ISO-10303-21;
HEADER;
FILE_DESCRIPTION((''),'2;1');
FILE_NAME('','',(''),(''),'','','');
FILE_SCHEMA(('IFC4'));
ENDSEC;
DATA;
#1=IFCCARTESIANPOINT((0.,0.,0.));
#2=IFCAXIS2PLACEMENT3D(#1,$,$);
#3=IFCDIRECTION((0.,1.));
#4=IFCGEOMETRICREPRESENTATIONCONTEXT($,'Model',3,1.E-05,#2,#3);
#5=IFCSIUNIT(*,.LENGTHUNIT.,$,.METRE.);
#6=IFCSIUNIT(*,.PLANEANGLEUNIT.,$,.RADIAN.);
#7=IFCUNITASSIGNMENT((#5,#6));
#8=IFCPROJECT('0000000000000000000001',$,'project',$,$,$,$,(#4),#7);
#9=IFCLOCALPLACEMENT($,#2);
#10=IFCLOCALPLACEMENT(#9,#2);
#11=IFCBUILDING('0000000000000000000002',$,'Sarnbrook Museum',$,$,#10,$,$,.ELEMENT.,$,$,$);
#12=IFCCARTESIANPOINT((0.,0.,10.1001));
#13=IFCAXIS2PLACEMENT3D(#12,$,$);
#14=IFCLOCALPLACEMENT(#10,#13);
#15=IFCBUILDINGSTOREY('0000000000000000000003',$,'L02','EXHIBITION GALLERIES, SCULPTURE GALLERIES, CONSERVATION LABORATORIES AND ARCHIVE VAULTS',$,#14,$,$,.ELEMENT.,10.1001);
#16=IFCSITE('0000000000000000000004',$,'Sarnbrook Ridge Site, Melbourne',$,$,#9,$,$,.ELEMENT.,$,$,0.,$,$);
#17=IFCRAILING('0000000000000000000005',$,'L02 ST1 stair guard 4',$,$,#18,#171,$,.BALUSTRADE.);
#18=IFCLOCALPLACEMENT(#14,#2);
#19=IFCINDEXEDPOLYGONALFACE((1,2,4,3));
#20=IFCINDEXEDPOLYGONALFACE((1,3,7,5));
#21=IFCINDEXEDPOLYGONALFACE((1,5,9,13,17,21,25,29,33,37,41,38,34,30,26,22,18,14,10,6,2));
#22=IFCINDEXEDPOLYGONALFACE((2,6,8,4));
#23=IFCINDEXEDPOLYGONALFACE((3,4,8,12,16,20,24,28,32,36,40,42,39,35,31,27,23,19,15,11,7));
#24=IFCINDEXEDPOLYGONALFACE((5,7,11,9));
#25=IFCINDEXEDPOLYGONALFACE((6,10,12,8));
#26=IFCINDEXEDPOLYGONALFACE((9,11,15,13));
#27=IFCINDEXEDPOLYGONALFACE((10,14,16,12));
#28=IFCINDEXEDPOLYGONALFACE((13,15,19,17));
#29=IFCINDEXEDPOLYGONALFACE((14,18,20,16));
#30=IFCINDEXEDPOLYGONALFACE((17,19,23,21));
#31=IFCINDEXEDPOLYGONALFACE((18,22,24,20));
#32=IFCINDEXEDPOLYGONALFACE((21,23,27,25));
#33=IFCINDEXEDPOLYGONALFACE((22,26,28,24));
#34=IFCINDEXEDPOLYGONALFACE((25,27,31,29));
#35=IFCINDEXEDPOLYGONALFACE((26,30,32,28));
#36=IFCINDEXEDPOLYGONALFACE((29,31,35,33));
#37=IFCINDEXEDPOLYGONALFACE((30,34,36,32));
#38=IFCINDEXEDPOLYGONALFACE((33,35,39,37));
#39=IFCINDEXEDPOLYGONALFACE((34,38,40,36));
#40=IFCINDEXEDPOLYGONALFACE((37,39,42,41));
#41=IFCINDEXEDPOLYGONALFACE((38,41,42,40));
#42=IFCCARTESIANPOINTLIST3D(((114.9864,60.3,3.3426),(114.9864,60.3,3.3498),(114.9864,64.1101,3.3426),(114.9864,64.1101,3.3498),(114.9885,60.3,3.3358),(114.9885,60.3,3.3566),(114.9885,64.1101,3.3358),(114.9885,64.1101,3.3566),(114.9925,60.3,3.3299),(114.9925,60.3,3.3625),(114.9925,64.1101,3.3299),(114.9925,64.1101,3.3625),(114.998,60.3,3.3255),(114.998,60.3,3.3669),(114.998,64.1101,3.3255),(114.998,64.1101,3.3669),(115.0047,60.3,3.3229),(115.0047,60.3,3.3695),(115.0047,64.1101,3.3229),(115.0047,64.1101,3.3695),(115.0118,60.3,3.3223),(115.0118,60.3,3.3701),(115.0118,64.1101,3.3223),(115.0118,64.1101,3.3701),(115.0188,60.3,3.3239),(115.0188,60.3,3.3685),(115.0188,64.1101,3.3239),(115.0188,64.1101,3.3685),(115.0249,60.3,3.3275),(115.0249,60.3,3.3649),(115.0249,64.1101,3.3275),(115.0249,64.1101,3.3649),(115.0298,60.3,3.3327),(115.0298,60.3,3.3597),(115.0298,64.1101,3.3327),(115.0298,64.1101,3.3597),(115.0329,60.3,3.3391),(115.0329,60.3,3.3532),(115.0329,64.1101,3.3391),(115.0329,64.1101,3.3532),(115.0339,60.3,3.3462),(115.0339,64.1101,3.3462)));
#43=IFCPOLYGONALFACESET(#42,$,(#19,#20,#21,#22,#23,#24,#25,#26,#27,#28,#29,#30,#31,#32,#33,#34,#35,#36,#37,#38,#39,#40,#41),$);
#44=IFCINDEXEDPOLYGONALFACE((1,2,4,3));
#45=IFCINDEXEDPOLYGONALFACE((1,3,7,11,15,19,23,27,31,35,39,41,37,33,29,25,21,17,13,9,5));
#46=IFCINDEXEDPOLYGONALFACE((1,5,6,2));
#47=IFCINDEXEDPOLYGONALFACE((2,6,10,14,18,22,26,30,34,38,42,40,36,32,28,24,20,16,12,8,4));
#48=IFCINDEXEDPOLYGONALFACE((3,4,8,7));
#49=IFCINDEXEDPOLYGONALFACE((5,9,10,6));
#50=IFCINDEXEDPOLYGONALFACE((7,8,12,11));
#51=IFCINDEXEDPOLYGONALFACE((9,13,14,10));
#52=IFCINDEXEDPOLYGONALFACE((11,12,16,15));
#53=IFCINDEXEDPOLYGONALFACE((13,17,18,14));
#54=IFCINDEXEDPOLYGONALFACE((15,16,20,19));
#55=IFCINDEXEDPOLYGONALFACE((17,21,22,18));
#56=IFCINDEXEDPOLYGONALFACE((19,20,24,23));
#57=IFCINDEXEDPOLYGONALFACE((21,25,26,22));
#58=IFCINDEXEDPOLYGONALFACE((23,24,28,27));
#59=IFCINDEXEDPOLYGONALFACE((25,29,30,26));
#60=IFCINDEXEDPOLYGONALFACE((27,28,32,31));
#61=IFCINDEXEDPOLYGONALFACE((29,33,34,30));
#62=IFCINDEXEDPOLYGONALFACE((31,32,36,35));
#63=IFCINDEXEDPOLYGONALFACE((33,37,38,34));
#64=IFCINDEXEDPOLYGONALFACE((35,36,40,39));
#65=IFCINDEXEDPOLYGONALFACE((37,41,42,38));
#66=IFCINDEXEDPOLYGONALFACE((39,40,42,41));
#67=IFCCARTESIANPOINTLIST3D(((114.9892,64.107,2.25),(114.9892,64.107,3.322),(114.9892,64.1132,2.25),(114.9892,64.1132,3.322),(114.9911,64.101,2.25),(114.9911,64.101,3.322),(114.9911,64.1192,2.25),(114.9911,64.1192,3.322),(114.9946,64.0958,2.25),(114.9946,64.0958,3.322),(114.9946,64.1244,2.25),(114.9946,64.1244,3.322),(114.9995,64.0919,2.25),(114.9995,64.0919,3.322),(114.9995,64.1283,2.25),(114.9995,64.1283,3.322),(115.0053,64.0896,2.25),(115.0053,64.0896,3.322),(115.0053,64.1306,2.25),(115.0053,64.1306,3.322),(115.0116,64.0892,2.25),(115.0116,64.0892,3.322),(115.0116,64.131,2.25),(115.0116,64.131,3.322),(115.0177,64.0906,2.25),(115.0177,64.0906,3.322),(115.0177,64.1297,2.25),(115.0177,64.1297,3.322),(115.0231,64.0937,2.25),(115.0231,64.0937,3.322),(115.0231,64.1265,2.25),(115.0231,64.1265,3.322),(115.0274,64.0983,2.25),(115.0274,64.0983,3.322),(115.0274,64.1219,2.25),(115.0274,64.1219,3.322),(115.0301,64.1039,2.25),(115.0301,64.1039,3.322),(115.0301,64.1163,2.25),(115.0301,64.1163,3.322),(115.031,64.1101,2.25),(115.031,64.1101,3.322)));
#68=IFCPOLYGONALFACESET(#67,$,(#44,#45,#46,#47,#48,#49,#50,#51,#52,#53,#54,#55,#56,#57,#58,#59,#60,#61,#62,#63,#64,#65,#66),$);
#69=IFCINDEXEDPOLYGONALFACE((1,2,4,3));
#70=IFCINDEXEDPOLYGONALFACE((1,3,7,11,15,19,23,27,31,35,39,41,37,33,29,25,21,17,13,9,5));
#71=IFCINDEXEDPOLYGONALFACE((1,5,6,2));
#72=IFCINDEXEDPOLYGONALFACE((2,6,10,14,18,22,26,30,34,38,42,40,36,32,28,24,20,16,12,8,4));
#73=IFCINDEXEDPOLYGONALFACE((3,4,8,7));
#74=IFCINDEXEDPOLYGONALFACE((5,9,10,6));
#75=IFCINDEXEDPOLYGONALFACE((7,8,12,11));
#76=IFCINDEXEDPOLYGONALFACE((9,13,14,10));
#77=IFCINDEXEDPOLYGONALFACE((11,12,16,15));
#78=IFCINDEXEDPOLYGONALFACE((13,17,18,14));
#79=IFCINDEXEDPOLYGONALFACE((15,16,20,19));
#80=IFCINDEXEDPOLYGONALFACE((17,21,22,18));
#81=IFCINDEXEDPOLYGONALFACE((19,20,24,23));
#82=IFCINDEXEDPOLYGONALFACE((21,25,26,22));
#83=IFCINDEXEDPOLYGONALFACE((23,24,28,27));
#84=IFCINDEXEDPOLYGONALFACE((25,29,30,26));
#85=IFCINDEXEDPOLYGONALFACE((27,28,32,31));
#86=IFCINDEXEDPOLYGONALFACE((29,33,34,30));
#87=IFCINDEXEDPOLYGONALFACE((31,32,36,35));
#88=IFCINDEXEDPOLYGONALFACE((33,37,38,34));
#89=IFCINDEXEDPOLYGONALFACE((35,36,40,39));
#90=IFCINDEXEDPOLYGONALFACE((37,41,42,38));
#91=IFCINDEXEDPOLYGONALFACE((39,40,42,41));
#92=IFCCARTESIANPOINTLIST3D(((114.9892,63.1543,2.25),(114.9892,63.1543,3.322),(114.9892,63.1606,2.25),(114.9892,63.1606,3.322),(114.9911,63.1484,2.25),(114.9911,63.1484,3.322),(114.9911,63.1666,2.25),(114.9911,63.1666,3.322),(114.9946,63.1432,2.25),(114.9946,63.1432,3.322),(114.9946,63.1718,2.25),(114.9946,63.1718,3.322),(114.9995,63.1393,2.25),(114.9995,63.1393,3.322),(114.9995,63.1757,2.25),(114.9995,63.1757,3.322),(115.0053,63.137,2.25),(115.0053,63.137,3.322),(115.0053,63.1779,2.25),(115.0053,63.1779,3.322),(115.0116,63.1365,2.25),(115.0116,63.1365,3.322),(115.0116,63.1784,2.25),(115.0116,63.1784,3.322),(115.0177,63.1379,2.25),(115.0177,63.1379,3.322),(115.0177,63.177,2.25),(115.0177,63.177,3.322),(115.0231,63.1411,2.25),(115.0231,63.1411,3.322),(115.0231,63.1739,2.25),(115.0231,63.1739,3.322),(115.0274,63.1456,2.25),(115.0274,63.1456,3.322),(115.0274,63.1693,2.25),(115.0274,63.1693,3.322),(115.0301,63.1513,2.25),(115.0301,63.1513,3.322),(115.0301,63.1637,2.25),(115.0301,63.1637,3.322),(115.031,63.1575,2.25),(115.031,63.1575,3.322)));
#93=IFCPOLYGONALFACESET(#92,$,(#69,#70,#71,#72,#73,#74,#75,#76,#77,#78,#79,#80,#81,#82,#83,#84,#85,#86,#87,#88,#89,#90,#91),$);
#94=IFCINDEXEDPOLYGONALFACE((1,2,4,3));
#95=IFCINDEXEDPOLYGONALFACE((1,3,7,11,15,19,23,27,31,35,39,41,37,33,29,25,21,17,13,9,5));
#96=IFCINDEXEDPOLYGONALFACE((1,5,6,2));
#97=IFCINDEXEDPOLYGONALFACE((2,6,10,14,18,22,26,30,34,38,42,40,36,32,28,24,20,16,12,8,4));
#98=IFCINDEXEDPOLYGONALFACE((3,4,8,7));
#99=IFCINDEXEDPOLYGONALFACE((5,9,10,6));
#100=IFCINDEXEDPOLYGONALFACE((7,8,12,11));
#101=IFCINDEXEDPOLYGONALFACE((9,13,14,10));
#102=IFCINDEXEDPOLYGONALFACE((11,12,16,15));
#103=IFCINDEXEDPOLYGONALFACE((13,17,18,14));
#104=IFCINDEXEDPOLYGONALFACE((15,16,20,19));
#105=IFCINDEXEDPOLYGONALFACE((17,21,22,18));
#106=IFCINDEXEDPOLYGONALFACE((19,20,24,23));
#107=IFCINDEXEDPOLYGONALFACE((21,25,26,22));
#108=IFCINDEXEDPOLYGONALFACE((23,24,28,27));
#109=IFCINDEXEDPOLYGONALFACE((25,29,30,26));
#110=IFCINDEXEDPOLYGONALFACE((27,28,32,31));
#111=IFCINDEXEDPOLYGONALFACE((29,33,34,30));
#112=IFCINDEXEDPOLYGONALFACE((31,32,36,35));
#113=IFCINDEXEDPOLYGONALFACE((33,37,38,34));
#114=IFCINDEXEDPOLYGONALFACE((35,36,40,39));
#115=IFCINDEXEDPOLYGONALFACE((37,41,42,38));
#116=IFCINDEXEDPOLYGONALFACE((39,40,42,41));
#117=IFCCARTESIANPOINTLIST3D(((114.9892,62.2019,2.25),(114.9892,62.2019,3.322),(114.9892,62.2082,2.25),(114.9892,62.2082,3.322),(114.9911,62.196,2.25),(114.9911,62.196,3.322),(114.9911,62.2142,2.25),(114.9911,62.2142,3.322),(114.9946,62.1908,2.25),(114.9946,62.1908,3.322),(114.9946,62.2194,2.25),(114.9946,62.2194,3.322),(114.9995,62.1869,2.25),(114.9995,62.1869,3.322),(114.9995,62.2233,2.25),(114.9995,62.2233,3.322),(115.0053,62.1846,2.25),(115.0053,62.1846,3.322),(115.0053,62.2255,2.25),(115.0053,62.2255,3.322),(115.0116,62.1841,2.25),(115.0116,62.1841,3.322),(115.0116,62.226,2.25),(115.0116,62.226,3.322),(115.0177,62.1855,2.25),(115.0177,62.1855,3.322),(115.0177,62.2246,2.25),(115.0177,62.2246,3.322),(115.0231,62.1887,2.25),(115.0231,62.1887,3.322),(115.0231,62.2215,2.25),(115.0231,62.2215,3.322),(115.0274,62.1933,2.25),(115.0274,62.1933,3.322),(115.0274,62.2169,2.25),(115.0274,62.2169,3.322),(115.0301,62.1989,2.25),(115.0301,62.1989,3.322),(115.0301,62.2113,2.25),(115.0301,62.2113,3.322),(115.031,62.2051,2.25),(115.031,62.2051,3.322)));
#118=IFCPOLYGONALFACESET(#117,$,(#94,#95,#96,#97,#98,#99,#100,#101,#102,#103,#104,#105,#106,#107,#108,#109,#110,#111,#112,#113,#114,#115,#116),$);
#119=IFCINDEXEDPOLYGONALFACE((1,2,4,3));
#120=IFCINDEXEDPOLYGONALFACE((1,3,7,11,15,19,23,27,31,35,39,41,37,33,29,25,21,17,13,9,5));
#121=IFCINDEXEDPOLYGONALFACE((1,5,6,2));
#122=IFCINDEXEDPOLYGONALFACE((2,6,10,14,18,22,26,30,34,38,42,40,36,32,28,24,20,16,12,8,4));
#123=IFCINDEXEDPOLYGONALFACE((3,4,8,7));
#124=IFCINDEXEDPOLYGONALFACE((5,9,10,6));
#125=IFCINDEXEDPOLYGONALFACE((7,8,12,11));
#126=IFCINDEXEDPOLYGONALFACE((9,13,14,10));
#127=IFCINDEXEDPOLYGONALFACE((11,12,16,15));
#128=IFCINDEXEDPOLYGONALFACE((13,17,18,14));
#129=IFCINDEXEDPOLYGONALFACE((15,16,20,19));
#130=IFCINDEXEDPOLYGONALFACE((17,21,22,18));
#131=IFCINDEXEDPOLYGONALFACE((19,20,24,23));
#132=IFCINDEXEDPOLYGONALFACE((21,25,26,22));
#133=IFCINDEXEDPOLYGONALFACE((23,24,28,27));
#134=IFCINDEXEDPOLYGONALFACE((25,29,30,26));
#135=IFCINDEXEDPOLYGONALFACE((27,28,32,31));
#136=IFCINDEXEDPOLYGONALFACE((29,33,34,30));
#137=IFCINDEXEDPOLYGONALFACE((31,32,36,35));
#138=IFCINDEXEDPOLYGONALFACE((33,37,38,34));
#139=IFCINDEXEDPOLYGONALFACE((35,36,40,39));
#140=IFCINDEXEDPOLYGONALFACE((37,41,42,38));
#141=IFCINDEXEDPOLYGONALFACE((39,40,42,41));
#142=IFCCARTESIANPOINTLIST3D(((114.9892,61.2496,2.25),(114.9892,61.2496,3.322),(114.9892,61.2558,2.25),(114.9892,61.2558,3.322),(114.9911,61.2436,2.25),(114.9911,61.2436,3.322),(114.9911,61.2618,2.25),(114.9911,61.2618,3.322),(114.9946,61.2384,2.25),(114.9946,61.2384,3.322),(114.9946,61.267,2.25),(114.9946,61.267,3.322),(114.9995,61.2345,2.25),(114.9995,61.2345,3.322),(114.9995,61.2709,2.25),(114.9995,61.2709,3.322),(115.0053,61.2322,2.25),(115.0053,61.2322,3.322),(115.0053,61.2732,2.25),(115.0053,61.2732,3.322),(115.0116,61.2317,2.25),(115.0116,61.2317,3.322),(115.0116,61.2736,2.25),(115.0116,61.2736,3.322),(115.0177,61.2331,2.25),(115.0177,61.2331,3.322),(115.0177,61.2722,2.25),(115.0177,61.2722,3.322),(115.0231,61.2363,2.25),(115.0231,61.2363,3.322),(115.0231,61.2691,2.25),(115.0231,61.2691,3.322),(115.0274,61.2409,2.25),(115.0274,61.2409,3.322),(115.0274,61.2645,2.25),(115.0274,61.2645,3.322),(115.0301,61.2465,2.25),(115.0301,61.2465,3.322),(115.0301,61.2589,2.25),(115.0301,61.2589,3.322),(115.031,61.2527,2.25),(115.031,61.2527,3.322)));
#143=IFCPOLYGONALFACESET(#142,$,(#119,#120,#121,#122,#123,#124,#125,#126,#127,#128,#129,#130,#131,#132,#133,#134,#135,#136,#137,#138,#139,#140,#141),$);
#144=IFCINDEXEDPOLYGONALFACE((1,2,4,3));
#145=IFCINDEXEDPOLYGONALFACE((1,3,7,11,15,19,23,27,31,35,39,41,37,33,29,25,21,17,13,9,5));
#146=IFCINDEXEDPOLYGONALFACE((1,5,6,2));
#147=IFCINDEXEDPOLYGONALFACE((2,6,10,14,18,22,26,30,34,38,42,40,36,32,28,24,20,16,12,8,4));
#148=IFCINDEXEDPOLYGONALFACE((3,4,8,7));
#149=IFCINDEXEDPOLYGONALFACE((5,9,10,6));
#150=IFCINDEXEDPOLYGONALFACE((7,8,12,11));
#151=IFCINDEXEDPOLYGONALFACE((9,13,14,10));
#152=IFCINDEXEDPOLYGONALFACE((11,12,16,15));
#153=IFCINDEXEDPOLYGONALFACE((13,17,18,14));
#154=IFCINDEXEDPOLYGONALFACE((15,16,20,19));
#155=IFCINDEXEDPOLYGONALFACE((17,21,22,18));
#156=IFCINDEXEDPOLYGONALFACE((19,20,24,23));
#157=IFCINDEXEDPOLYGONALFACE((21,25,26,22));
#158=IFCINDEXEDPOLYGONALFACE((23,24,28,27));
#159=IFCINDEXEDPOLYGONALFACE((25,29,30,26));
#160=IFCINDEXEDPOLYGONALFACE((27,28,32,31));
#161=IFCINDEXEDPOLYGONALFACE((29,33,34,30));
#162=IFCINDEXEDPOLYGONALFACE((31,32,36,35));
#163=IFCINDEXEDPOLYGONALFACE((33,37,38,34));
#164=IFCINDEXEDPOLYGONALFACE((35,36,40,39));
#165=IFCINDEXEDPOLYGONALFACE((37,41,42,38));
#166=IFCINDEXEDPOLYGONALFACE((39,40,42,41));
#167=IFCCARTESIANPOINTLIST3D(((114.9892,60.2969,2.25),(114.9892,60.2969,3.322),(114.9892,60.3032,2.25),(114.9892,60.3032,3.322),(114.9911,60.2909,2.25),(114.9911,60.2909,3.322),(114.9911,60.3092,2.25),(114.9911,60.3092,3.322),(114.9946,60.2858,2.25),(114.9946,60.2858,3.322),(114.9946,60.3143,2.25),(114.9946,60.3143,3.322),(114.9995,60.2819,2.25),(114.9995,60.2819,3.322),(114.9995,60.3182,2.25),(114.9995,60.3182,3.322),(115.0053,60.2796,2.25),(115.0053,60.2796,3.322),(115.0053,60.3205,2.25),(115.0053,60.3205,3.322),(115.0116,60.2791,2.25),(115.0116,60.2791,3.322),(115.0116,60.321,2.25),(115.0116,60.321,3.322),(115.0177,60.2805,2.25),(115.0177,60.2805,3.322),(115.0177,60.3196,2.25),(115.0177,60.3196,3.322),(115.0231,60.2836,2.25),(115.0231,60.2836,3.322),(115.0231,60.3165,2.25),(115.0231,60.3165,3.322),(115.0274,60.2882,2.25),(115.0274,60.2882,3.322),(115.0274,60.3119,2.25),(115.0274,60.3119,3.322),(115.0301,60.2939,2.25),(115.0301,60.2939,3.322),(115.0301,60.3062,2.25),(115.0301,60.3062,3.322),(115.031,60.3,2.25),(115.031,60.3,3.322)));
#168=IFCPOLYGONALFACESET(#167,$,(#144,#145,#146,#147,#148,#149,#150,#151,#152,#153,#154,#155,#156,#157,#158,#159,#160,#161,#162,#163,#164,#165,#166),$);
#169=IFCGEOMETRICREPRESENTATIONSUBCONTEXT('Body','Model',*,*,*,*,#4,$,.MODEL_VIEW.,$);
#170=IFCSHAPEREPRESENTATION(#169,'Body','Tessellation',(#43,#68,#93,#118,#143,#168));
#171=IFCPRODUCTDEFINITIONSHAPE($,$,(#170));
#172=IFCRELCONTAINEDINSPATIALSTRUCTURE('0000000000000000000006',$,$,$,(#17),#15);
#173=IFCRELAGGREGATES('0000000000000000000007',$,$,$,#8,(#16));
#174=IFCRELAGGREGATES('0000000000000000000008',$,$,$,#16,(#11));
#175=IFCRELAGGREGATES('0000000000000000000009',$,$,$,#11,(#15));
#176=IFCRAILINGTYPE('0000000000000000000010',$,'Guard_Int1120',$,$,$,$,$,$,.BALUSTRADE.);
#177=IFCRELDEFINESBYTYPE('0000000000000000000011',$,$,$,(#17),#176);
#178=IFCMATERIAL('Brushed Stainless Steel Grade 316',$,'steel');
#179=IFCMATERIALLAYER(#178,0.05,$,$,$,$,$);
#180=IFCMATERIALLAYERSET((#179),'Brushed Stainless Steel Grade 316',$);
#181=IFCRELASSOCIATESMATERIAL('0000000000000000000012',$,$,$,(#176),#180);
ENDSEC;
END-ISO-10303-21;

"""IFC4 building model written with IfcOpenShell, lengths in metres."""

from ifc_helpers import new_model, si_unit, direction, frame, origin, origin_2d, place, context, subcontext, project, spatial, circle, extrude, material, layer, layer_set, type_object, element, save


model = new_model("IFC4")

# Units and contexts
model_context = context("Model", 3, precision=1e-05, world=origin(), true_north=direction((0.0, 1.0)))
body_context = subcontext(model_context, "Body", "Model", "MODEL_VIEW")
ifc_project = project(units=[si_unit("LENGTHUNIT", "METRE"), si_unit("PLANEANGLEUNIT", "RADIAN")], contexts=[model_context])

# Site, building, storey
site_placement = place(None, origin())
site = spatial("IfcSite", under=ifc_project, at=site_placement, Name="Sarnbrook Ridge Site, Melbourne", CompositionType="ELEMENT", RefElevation=0.0)
building_placement = place(site_placement, origin())
building = spatial("IfcBuilding", under=site, at=building_placement, Name="Sarnbrook Museum", CompositionType="ELEMENT")
storey_placement = place(building_placement, frame((0.0, 0.0, 10.1001)))
storey = spatial("IfcBuildingStorey", under=building, at=storey_placement, Name="L02", Description="EXHIBITION GALLERIES, SCULPTURE GALLERIES, CONSERVATION LABORATORIES AND ARCHIVE VAULTS", CompositionType="ELEMENT", Elevation=10.1001)

# Shared definitions
ifc_material_1 = material(Name="Brushed Stainless Steel Grade 316", Category="steel")

# Railing
ifc_layer_1 = layer(ifc_material_1, 0.05)
ifc_layer_set_1 = layer_set([ifc_layer_1], Name="Brushed Stainless Steel Grade 316")
railing_type_1 = type_object("IfcRailingType", Name="Guard_Int1120", PredefinedType="BALUSTRADE", material=ifc_layer_set_1)
for number, where, name in (
    (1, (115.01, 64.1101, 2.25), "L02 ST1 stair guard 4"),
):
    element("IfcRailing", number, at=place(storey_placement, frame(where)), inside=storey, type_object=railing_type_1, Name=name, PredefinedType="BALUSTRADE", context=body_context, shape_type="SweptSolid", body=[
        extrude(circle(Radius=0.0239, at=origin_2d()), frame((0.0, 0.0, 1.0962), z_axis=(0.0, -1.0, 0.0), x_axis=(1.0, 0.0, 0.0)), (0.0, 0.0, 1.0), 3.8101),
        extrude(circle(Radius=0.021, at=origin_2d()), origin(), (0.0, 0.0, 1.0), 1.072),
        extrude(circle(Radius=0.021, at=origin_2d()), frame((0.0, -0.9526, 0.0)), (0.0, 0.0, 1.0), 1.072),
        extrude(circle(Radius=0.021, at=origin_2d()), frame((0.0, -1.905, 0.0)), (0.0, 0.0, 1.0), 1.072),
        extrude(circle(Radius=0.021, at=origin_2d()), frame((0.0, -2.8574, 0.0)), (0.0, 0.0, 1.0), 1.072),
        extrude(circle(Radius=0.021, at=origin_2d()), frame((0.0, -3.8101, 0.0)), (0.0, 0.0, 1.0), 1.072),
    ])

save(model, "model.ifc")
